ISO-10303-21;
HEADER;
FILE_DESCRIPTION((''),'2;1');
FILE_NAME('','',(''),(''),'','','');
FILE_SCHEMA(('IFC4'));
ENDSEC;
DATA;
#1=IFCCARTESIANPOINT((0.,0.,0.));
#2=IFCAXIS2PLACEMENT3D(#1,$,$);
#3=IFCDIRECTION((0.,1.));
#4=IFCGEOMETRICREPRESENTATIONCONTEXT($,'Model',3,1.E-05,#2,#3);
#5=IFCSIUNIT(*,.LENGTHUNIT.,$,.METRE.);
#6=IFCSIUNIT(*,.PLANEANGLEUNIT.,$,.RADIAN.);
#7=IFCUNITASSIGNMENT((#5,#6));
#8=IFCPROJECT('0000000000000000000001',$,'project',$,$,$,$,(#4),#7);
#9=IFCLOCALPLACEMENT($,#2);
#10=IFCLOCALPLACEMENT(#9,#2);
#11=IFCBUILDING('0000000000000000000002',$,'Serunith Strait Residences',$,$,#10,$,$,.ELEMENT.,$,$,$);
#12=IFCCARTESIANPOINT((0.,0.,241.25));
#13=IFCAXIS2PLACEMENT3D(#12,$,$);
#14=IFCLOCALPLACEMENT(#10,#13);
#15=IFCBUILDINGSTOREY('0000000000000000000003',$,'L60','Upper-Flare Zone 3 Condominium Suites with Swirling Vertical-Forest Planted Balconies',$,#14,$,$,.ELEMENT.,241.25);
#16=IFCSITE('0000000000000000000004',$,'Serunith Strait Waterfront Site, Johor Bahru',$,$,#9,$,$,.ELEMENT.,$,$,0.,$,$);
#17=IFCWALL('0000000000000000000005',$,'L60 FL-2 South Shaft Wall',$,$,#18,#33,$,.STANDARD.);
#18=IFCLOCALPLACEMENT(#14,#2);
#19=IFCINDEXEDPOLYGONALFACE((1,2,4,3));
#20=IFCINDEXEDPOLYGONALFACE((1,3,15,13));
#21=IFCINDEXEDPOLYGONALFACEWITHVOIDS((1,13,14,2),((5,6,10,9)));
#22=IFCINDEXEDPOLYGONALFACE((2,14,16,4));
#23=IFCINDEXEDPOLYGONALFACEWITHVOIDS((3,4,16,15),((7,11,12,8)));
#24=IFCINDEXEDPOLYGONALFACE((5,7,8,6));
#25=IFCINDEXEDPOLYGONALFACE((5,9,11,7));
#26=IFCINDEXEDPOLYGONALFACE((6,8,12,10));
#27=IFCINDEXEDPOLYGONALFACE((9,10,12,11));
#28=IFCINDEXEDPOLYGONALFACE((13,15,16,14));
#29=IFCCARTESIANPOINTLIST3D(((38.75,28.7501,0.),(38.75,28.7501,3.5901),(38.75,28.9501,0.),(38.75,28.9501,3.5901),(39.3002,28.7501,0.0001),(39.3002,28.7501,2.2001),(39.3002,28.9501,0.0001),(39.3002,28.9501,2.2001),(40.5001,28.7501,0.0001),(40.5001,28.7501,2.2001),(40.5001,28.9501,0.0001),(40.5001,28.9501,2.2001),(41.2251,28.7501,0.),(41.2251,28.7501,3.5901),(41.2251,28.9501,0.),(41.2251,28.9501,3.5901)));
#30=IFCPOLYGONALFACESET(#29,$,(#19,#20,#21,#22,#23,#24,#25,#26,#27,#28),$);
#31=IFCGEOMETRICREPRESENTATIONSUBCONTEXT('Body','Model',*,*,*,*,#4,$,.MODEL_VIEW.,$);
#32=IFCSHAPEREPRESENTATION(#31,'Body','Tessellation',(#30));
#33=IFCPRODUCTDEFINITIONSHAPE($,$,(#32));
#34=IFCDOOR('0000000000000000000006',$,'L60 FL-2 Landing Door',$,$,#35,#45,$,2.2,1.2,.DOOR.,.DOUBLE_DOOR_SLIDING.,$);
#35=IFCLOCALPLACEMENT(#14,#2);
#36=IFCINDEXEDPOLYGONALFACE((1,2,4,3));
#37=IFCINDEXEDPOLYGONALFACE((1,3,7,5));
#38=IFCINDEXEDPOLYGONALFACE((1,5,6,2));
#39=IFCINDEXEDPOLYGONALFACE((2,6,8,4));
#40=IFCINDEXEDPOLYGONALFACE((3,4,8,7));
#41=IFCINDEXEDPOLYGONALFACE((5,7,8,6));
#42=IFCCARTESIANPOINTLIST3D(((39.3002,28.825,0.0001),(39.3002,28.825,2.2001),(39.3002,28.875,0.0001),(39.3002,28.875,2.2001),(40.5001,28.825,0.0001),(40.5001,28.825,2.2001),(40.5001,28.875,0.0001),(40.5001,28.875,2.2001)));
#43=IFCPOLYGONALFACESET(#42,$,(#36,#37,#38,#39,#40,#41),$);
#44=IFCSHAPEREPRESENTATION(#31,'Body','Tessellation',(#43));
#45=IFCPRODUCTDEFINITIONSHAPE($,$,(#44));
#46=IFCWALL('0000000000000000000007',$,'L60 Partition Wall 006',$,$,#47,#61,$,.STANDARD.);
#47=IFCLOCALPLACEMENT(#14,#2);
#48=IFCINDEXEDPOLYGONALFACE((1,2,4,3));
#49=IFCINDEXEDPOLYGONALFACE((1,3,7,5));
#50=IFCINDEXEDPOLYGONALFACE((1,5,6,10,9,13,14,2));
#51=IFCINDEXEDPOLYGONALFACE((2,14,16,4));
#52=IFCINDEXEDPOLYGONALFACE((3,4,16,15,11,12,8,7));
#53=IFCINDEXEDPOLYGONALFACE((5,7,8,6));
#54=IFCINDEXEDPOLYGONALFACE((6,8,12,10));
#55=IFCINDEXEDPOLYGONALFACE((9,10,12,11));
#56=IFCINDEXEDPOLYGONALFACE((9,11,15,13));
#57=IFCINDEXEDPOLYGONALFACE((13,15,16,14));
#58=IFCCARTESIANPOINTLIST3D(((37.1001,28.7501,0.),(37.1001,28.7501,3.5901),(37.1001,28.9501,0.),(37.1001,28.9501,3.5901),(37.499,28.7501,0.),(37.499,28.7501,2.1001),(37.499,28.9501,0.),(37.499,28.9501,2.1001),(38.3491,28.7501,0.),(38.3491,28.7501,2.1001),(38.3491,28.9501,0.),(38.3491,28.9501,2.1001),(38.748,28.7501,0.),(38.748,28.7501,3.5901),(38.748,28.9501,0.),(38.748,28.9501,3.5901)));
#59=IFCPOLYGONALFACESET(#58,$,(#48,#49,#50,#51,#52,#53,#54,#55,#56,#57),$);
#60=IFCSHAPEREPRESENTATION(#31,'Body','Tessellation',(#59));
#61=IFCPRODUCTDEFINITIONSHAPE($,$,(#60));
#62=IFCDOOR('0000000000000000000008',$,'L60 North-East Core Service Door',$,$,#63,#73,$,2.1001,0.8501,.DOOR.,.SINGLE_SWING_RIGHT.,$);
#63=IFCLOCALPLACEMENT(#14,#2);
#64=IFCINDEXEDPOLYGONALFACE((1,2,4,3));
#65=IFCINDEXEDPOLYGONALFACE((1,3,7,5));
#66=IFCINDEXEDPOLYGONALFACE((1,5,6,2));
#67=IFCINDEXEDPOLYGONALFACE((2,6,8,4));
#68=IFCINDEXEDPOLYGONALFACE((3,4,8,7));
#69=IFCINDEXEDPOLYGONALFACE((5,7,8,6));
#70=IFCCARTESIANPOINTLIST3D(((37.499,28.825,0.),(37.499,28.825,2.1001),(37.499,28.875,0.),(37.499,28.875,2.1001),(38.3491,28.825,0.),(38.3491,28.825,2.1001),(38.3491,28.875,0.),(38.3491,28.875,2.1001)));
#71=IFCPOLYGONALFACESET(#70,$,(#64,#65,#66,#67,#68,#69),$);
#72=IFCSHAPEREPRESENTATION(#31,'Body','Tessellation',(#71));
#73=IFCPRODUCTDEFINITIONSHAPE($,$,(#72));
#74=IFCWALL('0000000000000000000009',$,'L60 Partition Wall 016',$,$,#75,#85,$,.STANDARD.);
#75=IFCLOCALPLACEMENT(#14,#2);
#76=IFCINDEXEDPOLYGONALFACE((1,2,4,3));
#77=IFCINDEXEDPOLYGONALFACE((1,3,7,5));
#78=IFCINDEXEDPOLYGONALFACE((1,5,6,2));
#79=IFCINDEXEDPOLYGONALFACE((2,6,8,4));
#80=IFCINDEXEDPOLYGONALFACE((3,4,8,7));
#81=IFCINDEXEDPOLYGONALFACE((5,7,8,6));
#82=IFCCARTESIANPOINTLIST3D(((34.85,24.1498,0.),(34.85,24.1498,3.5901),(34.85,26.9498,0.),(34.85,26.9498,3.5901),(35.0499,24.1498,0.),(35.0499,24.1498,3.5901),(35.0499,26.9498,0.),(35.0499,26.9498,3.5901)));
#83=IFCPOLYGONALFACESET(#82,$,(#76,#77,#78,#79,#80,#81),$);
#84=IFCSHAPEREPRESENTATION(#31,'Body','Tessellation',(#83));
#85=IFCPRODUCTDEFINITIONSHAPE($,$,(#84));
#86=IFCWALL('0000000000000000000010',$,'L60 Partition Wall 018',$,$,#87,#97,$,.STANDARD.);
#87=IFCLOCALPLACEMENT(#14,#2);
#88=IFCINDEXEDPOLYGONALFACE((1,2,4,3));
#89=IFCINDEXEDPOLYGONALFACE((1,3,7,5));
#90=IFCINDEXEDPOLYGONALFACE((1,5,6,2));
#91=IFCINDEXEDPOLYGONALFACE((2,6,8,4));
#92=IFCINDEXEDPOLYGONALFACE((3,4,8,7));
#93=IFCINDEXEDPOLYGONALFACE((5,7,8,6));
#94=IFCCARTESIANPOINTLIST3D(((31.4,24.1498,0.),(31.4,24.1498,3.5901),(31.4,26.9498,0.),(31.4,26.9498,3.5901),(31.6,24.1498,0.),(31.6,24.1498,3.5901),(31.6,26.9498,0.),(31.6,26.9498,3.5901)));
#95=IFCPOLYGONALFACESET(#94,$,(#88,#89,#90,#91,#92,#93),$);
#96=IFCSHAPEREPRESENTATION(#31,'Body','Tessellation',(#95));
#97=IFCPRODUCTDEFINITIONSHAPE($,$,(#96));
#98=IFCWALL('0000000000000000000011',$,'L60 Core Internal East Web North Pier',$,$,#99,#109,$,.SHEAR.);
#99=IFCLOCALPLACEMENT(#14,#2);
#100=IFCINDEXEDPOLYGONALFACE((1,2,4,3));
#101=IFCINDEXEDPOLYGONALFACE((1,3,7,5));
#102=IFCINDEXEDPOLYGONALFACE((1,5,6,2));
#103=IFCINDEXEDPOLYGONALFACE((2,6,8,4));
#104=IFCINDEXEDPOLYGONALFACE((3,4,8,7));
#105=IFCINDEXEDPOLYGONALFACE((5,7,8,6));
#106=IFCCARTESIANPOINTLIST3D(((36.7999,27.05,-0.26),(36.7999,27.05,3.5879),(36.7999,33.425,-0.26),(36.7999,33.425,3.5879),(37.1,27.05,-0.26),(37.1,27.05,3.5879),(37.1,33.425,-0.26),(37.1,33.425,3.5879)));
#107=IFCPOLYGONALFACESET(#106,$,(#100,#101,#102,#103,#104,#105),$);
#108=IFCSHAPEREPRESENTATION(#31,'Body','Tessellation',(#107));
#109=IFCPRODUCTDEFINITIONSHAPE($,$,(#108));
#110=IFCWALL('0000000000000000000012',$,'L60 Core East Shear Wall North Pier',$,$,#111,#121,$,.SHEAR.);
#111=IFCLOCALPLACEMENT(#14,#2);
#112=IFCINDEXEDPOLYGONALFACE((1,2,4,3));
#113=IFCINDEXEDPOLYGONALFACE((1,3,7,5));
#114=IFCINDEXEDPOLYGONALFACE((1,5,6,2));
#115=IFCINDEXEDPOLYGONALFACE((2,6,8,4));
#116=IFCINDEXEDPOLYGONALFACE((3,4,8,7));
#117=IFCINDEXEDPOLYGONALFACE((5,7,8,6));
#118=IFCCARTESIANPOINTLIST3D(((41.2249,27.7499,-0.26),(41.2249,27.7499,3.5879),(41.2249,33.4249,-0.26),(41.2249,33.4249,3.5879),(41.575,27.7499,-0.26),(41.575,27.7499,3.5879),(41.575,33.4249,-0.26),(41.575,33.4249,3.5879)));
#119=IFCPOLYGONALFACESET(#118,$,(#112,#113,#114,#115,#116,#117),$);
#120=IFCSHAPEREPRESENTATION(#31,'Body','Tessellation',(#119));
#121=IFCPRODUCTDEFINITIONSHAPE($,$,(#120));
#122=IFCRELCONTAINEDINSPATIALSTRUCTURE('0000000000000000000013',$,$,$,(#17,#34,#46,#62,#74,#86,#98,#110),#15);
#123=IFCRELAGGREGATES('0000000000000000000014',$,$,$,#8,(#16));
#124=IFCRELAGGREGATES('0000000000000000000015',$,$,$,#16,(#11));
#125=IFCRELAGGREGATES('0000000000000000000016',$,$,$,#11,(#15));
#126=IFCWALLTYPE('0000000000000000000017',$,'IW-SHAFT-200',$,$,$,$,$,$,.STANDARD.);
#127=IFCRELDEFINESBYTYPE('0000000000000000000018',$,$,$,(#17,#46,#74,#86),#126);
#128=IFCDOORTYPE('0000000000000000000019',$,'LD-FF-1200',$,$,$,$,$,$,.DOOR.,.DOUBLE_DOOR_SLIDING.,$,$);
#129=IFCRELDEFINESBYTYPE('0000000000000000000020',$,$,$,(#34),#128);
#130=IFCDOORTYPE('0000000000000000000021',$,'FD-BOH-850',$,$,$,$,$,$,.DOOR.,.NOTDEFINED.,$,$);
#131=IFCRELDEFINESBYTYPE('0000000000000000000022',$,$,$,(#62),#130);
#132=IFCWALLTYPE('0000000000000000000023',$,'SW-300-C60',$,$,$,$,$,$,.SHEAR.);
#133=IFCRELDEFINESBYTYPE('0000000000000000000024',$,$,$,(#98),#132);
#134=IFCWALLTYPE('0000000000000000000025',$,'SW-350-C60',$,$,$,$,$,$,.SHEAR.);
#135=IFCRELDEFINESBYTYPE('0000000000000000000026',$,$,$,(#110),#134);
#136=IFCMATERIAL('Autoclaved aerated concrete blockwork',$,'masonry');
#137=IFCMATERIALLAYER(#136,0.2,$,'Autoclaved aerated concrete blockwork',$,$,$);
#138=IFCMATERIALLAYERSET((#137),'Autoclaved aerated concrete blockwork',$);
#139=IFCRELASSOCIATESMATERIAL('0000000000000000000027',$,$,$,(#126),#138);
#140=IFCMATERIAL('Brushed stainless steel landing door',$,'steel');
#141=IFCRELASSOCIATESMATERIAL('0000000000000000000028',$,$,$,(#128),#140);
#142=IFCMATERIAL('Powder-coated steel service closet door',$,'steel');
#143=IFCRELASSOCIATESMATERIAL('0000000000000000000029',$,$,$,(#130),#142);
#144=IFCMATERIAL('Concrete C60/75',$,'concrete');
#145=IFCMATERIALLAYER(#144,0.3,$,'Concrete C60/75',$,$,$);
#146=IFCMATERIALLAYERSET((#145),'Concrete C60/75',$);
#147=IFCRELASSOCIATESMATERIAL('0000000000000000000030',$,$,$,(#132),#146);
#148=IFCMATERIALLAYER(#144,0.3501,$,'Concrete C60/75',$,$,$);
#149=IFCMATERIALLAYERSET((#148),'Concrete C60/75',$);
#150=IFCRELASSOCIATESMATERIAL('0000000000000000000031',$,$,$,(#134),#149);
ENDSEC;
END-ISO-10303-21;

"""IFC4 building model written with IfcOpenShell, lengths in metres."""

from ifc_helpers import new_model, si_unit, direction, frame, frame_2d, origin, place, context, subcontext, project, spatial, rectangle, extrude, source, transform, mapped, material, layer, layer_set, type_object, element, fill, save


model = new_model("IFC4")

# Units and contexts
model_context = context("Model", 3, precision=1e-05, world=origin(), true_north=direction((0.0, 1.0)))
body_context = subcontext(model_context, "Body", "Model", "MODEL_VIEW")
ifc_project = project(units=[si_unit("LENGTHUNIT", "METRE"), si_unit("PLANEANGLEUNIT", "RADIAN")], contexts=[model_context])

# Site, building, storey
site_placement = place(None, origin())
site = spatial("IfcSite", under=ifc_project, at=site_placement, Name="Serunith Strait Waterfront Site, Johor Bahru", CompositionType="ELEMENT", RefElevation=0.0)
building_placement = place(site_placement, origin())
building = spatial("IfcBuilding", under=site, at=building_placement, Name="Serunith Strait Residences", CompositionType="ELEMENT")
storey_placement = place(building_placement, frame((0.0, 0.0, 241.25)))
storey = spatial("IfcBuildingStorey", under=building, at=storey_placement, Name="L60", Description="Upper-Flare Zone 3 Condominium Suites with Swirling Vertical-Forest Planted Balconies", CompositionType="ELEMENT", Elevation=241.25)

# Walls, openings, doors
ifc_material_1 = material(Name="Autoclaved aerated concrete blockwork", Category="masonry")
ifc_layer_1 = layer(ifc_material_1, 0.2, Name="Autoclaved aerated concrete blockwork")
ifc_layer_set_1 = layer_set([ifc_layer_1], Name="Autoclaved aerated concrete blockwork")
wall_type_1 = type_object("IfcWallType", Name="IW-SHAFT-200", PredefinedType="STANDARD", material=ifc_layer_set_1)
wall_1_placement = place(storey_placement, frame((38.75, 28.8501, 0.0), z_axis=(0.0, 0.0, 1.0), x_axis=(1.0, 0.0, 0.0)))
wall_1 = element("IfcWall", 1, at=wall_1_placement, inside=storey, type_object=wall_type_1, Name="L60 FL-2 South Shaft Wall", PredefinedType="STANDARD", context=body_context, shape_type="SweptSolid", body=[
    extrude(rectangle(XDim=2.4751, YDim=0.2, at=frame_2d((1.2375, 0.0))), origin(), (0.0, 0.0, 1.0), 3.5901),
])
opening_1_placement = place(wall_1_placement, frame((0.55, 0.0, 0.0)))
opening_1 = element("IfcOpeningElement", 2, at=opening_1_placement, cuts=wall_1, PredefinedType="OPENING", context=body_context, shape_type="SweptSolid", body=[
    extrude(rectangle(XDim=1.2, YDim=2.2, at=frame_2d((0.6001, 1.1001))), frame((0.0, 0.1099, 0.0), z_axis=(0.0, -1.0, 0.0), x_axis=(1.0, 0.0, 0.0)), (0.0, 0.0, 1.0), 0.22),
])
ifc_material_2 = material(Name="Brushed stainless steel landing door", Category="steel")
door_type_1 = type_object("IfcDoorType", Name="LD-FF-1200", OperationType="DOUBLE_DOOR_SLIDING", PredefinedType="DOOR", material=ifc_material_2)
shared_shape_1 = source(origin(), body_context, "Body", "SweptSolid", [
    extrude(rectangle(XDim=1.2, YDim=2.2, at=frame_2d((0.6001, 1.1001))), frame((0.0, 0.0249, 0.0), z_axis=(0.0, -1.0, 0.0), x_axis=(1.0, 0.0, 0.0)), (0.0, 0.0, 1.0), 0.05),
])
door_1_placement = place(opening_1_placement, origin())
door_1 = element("IfcDoor", 3, at=door_1_placement, inside=storey, type_object=door_type_1, Name="L60 FL-2 Landing Door", OperationType="DOUBLE_DOOR_SLIDING", OverallHeight=2.2, OverallWidth=1.2, PredefinedType="DOOR", context=body_context, shape_type="MappedRepresentation", body=[
    mapped(shared_shape_1, transform((0.0, 0.0, 0.0), scale=1.0)),
])
fill(opening_1, door_1)
wall_2_placement = place(storey_placement, frame((37.1001, 28.8501, 0.0), z_axis=(0.0, 0.0, 1.0), x_axis=(1.0, 0.0, 0.0)))
wall_2 = element("IfcWall", 4, at=wall_2_placement, inside=storey, type_object=wall_type_1, Name="L60 Partition Wall 006", PredefinedType="STANDARD", context=body_context, shape_type="SweptSolid", body=[
    extrude(rectangle(XDim=1.6479, YDim=0.2, at=frame_2d((0.824, 0.0))), origin(), (0.0, 0.0, 1.0), 3.5901),
])
opening_2_placement = place(wall_2_placement, frame((0.3989, 0.0, 0.0)))
opening_2 = element("IfcOpeningElement", 5, at=opening_2_placement, cuts=wall_2, PredefinedType="OPENING", context=body_context, shape_type="SweptSolid", body=[
    extrude(rectangle(XDim=0.8501, YDim=2.1001, at=frame_2d((0.425, 1.05))), frame((0.0, 0.1099, 0.0), z_axis=(0.0, -1.0, 0.0), x_axis=(1.0, 0.0, 0.0)), (0.0, 0.0, 1.0), 0.22),
])
ifc_material_3 = material(Name="Powder-coated steel service closet door", Category="steel")
door_type_2 = type_object("IfcDoorType", Name="FD-BOH-850", OperationType="NOTDEFINED", PredefinedType="DOOR", material=ifc_material_3)
shared_shape_2 = source(origin(), body_context, "Body", "SweptSolid", [
    extrude(rectangle(XDim=0.8501, YDim=2.1001, at=frame_2d((0.425, 1.05))), frame((0.0, 0.0249, 0.0), z_axis=(0.0, -1.0, 0.0), x_axis=(1.0, 0.0, 0.0)), (0.0, 0.0, 1.0), 0.05),
])
door_2_placement = place(opening_2_placement, origin())
door_2 = element("IfcDoor", 6, at=door_2_placement, inside=storey, type_object=door_type_2, Name="L60 North-East Core Service Door", OperationType="SINGLE_SWING_RIGHT", OverallHeight=2.1001, OverallWidth=0.8501, PredefinedType="DOOR", context=body_context, shape_type="MappedRepresentation", body=[
    mapped(shared_shape_2, transform((0.0, 0.0, 0.0), scale=1.0)),
])
fill(opening_2, door_2)

# Walls
for number, where, z_axis, x_axis, name in (
    (7, (34.95, 24.1499, 0.0), (0.0, 0.0, 1.0), (0.0, 1.0, 0.0), "L60 Partition Wall 016"),
    (8, (31.5, 24.1499, 0.0), (0.0, 0.0, 1.0), (0.0, 1.0, 0.0), "L60 Partition Wall 018"),
):
    element("IfcWall", number, at=place(storey_placement, frame(where, z_axis=z_axis, x_axis=x_axis)), inside=storey, type_object=wall_type_1, Name=name, PredefinedType="STANDARD", context=body_context, shape_type="SweptSolid", body=[
        extrude(rectangle(XDim=2.8, YDim=0.2, at=frame_2d((1.3999, 0.0))), origin(), (0.0, 0.0, 1.0), 3.5901),
    ])
ifc_material_4 = material(Name="Concrete C60/75", Category="concrete")
ifc_layer_2 = layer(ifc_material_4, 0.3, Name="Concrete C60/75")
ifc_layer_set_2 = layer_set([ifc_layer_2], Name="Concrete C60/75")
wall_type_2 = type_object("IfcWallType", Name="SW-300-C60", PredefinedType="SHEAR", material=ifc_layer_set_2)
wall_3_placement = place(storey_placement, frame((36.95, 27.05, -0.26), z_axis=(0.0, 0.0, 1.0), x_axis=(0.0, 1.0, 0.0)))
element("IfcWall", 9, at=wall_3_placement, inside=storey, type_object=wall_type_2, Name="L60 Core Internal East Web North Pier", PredefinedType="SHEAR", context=body_context, shape_type="SweptSolid", body=[
    extrude(rectangle(XDim=6.375, YDim=0.3, at=frame_2d((3.1875, 0.0))), origin(), (0.0, 0.0, 1.0), 3.8479),
])
ifc_layer_3 = layer(ifc_material_4, 0.3501, Name="Concrete C60/75")
ifc_layer_set_3 = layer_set([ifc_layer_3], Name="Concrete C60/75")
wall_type_3 = type_object("IfcWallType", Name="SW-350-C60", PredefinedType="SHEAR", material=ifc_layer_set_3)
wall_4_placement = place(storey_placement, frame((41.3999, 27.75, -0.26), z_axis=(0.0, 0.0, 1.0), x_axis=(0.0, 1.0, 0.0)))
element("IfcWall", 10, at=wall_4_placement, inside=storey, type_object=wall_type_3, Name="L60 Core East Shear Wall North Pier", PredefinedType="SHEAR", context=body_context, shape_type="SweptSolid", body=[
    extrude(rectangle(XDim=5.675, YDim=0.3501, at=frame_2d((2.8374, 0.0))), origin(), (0.0, 0.0, 1.0), 3.8479),
])

save(model, "model.ifc")
